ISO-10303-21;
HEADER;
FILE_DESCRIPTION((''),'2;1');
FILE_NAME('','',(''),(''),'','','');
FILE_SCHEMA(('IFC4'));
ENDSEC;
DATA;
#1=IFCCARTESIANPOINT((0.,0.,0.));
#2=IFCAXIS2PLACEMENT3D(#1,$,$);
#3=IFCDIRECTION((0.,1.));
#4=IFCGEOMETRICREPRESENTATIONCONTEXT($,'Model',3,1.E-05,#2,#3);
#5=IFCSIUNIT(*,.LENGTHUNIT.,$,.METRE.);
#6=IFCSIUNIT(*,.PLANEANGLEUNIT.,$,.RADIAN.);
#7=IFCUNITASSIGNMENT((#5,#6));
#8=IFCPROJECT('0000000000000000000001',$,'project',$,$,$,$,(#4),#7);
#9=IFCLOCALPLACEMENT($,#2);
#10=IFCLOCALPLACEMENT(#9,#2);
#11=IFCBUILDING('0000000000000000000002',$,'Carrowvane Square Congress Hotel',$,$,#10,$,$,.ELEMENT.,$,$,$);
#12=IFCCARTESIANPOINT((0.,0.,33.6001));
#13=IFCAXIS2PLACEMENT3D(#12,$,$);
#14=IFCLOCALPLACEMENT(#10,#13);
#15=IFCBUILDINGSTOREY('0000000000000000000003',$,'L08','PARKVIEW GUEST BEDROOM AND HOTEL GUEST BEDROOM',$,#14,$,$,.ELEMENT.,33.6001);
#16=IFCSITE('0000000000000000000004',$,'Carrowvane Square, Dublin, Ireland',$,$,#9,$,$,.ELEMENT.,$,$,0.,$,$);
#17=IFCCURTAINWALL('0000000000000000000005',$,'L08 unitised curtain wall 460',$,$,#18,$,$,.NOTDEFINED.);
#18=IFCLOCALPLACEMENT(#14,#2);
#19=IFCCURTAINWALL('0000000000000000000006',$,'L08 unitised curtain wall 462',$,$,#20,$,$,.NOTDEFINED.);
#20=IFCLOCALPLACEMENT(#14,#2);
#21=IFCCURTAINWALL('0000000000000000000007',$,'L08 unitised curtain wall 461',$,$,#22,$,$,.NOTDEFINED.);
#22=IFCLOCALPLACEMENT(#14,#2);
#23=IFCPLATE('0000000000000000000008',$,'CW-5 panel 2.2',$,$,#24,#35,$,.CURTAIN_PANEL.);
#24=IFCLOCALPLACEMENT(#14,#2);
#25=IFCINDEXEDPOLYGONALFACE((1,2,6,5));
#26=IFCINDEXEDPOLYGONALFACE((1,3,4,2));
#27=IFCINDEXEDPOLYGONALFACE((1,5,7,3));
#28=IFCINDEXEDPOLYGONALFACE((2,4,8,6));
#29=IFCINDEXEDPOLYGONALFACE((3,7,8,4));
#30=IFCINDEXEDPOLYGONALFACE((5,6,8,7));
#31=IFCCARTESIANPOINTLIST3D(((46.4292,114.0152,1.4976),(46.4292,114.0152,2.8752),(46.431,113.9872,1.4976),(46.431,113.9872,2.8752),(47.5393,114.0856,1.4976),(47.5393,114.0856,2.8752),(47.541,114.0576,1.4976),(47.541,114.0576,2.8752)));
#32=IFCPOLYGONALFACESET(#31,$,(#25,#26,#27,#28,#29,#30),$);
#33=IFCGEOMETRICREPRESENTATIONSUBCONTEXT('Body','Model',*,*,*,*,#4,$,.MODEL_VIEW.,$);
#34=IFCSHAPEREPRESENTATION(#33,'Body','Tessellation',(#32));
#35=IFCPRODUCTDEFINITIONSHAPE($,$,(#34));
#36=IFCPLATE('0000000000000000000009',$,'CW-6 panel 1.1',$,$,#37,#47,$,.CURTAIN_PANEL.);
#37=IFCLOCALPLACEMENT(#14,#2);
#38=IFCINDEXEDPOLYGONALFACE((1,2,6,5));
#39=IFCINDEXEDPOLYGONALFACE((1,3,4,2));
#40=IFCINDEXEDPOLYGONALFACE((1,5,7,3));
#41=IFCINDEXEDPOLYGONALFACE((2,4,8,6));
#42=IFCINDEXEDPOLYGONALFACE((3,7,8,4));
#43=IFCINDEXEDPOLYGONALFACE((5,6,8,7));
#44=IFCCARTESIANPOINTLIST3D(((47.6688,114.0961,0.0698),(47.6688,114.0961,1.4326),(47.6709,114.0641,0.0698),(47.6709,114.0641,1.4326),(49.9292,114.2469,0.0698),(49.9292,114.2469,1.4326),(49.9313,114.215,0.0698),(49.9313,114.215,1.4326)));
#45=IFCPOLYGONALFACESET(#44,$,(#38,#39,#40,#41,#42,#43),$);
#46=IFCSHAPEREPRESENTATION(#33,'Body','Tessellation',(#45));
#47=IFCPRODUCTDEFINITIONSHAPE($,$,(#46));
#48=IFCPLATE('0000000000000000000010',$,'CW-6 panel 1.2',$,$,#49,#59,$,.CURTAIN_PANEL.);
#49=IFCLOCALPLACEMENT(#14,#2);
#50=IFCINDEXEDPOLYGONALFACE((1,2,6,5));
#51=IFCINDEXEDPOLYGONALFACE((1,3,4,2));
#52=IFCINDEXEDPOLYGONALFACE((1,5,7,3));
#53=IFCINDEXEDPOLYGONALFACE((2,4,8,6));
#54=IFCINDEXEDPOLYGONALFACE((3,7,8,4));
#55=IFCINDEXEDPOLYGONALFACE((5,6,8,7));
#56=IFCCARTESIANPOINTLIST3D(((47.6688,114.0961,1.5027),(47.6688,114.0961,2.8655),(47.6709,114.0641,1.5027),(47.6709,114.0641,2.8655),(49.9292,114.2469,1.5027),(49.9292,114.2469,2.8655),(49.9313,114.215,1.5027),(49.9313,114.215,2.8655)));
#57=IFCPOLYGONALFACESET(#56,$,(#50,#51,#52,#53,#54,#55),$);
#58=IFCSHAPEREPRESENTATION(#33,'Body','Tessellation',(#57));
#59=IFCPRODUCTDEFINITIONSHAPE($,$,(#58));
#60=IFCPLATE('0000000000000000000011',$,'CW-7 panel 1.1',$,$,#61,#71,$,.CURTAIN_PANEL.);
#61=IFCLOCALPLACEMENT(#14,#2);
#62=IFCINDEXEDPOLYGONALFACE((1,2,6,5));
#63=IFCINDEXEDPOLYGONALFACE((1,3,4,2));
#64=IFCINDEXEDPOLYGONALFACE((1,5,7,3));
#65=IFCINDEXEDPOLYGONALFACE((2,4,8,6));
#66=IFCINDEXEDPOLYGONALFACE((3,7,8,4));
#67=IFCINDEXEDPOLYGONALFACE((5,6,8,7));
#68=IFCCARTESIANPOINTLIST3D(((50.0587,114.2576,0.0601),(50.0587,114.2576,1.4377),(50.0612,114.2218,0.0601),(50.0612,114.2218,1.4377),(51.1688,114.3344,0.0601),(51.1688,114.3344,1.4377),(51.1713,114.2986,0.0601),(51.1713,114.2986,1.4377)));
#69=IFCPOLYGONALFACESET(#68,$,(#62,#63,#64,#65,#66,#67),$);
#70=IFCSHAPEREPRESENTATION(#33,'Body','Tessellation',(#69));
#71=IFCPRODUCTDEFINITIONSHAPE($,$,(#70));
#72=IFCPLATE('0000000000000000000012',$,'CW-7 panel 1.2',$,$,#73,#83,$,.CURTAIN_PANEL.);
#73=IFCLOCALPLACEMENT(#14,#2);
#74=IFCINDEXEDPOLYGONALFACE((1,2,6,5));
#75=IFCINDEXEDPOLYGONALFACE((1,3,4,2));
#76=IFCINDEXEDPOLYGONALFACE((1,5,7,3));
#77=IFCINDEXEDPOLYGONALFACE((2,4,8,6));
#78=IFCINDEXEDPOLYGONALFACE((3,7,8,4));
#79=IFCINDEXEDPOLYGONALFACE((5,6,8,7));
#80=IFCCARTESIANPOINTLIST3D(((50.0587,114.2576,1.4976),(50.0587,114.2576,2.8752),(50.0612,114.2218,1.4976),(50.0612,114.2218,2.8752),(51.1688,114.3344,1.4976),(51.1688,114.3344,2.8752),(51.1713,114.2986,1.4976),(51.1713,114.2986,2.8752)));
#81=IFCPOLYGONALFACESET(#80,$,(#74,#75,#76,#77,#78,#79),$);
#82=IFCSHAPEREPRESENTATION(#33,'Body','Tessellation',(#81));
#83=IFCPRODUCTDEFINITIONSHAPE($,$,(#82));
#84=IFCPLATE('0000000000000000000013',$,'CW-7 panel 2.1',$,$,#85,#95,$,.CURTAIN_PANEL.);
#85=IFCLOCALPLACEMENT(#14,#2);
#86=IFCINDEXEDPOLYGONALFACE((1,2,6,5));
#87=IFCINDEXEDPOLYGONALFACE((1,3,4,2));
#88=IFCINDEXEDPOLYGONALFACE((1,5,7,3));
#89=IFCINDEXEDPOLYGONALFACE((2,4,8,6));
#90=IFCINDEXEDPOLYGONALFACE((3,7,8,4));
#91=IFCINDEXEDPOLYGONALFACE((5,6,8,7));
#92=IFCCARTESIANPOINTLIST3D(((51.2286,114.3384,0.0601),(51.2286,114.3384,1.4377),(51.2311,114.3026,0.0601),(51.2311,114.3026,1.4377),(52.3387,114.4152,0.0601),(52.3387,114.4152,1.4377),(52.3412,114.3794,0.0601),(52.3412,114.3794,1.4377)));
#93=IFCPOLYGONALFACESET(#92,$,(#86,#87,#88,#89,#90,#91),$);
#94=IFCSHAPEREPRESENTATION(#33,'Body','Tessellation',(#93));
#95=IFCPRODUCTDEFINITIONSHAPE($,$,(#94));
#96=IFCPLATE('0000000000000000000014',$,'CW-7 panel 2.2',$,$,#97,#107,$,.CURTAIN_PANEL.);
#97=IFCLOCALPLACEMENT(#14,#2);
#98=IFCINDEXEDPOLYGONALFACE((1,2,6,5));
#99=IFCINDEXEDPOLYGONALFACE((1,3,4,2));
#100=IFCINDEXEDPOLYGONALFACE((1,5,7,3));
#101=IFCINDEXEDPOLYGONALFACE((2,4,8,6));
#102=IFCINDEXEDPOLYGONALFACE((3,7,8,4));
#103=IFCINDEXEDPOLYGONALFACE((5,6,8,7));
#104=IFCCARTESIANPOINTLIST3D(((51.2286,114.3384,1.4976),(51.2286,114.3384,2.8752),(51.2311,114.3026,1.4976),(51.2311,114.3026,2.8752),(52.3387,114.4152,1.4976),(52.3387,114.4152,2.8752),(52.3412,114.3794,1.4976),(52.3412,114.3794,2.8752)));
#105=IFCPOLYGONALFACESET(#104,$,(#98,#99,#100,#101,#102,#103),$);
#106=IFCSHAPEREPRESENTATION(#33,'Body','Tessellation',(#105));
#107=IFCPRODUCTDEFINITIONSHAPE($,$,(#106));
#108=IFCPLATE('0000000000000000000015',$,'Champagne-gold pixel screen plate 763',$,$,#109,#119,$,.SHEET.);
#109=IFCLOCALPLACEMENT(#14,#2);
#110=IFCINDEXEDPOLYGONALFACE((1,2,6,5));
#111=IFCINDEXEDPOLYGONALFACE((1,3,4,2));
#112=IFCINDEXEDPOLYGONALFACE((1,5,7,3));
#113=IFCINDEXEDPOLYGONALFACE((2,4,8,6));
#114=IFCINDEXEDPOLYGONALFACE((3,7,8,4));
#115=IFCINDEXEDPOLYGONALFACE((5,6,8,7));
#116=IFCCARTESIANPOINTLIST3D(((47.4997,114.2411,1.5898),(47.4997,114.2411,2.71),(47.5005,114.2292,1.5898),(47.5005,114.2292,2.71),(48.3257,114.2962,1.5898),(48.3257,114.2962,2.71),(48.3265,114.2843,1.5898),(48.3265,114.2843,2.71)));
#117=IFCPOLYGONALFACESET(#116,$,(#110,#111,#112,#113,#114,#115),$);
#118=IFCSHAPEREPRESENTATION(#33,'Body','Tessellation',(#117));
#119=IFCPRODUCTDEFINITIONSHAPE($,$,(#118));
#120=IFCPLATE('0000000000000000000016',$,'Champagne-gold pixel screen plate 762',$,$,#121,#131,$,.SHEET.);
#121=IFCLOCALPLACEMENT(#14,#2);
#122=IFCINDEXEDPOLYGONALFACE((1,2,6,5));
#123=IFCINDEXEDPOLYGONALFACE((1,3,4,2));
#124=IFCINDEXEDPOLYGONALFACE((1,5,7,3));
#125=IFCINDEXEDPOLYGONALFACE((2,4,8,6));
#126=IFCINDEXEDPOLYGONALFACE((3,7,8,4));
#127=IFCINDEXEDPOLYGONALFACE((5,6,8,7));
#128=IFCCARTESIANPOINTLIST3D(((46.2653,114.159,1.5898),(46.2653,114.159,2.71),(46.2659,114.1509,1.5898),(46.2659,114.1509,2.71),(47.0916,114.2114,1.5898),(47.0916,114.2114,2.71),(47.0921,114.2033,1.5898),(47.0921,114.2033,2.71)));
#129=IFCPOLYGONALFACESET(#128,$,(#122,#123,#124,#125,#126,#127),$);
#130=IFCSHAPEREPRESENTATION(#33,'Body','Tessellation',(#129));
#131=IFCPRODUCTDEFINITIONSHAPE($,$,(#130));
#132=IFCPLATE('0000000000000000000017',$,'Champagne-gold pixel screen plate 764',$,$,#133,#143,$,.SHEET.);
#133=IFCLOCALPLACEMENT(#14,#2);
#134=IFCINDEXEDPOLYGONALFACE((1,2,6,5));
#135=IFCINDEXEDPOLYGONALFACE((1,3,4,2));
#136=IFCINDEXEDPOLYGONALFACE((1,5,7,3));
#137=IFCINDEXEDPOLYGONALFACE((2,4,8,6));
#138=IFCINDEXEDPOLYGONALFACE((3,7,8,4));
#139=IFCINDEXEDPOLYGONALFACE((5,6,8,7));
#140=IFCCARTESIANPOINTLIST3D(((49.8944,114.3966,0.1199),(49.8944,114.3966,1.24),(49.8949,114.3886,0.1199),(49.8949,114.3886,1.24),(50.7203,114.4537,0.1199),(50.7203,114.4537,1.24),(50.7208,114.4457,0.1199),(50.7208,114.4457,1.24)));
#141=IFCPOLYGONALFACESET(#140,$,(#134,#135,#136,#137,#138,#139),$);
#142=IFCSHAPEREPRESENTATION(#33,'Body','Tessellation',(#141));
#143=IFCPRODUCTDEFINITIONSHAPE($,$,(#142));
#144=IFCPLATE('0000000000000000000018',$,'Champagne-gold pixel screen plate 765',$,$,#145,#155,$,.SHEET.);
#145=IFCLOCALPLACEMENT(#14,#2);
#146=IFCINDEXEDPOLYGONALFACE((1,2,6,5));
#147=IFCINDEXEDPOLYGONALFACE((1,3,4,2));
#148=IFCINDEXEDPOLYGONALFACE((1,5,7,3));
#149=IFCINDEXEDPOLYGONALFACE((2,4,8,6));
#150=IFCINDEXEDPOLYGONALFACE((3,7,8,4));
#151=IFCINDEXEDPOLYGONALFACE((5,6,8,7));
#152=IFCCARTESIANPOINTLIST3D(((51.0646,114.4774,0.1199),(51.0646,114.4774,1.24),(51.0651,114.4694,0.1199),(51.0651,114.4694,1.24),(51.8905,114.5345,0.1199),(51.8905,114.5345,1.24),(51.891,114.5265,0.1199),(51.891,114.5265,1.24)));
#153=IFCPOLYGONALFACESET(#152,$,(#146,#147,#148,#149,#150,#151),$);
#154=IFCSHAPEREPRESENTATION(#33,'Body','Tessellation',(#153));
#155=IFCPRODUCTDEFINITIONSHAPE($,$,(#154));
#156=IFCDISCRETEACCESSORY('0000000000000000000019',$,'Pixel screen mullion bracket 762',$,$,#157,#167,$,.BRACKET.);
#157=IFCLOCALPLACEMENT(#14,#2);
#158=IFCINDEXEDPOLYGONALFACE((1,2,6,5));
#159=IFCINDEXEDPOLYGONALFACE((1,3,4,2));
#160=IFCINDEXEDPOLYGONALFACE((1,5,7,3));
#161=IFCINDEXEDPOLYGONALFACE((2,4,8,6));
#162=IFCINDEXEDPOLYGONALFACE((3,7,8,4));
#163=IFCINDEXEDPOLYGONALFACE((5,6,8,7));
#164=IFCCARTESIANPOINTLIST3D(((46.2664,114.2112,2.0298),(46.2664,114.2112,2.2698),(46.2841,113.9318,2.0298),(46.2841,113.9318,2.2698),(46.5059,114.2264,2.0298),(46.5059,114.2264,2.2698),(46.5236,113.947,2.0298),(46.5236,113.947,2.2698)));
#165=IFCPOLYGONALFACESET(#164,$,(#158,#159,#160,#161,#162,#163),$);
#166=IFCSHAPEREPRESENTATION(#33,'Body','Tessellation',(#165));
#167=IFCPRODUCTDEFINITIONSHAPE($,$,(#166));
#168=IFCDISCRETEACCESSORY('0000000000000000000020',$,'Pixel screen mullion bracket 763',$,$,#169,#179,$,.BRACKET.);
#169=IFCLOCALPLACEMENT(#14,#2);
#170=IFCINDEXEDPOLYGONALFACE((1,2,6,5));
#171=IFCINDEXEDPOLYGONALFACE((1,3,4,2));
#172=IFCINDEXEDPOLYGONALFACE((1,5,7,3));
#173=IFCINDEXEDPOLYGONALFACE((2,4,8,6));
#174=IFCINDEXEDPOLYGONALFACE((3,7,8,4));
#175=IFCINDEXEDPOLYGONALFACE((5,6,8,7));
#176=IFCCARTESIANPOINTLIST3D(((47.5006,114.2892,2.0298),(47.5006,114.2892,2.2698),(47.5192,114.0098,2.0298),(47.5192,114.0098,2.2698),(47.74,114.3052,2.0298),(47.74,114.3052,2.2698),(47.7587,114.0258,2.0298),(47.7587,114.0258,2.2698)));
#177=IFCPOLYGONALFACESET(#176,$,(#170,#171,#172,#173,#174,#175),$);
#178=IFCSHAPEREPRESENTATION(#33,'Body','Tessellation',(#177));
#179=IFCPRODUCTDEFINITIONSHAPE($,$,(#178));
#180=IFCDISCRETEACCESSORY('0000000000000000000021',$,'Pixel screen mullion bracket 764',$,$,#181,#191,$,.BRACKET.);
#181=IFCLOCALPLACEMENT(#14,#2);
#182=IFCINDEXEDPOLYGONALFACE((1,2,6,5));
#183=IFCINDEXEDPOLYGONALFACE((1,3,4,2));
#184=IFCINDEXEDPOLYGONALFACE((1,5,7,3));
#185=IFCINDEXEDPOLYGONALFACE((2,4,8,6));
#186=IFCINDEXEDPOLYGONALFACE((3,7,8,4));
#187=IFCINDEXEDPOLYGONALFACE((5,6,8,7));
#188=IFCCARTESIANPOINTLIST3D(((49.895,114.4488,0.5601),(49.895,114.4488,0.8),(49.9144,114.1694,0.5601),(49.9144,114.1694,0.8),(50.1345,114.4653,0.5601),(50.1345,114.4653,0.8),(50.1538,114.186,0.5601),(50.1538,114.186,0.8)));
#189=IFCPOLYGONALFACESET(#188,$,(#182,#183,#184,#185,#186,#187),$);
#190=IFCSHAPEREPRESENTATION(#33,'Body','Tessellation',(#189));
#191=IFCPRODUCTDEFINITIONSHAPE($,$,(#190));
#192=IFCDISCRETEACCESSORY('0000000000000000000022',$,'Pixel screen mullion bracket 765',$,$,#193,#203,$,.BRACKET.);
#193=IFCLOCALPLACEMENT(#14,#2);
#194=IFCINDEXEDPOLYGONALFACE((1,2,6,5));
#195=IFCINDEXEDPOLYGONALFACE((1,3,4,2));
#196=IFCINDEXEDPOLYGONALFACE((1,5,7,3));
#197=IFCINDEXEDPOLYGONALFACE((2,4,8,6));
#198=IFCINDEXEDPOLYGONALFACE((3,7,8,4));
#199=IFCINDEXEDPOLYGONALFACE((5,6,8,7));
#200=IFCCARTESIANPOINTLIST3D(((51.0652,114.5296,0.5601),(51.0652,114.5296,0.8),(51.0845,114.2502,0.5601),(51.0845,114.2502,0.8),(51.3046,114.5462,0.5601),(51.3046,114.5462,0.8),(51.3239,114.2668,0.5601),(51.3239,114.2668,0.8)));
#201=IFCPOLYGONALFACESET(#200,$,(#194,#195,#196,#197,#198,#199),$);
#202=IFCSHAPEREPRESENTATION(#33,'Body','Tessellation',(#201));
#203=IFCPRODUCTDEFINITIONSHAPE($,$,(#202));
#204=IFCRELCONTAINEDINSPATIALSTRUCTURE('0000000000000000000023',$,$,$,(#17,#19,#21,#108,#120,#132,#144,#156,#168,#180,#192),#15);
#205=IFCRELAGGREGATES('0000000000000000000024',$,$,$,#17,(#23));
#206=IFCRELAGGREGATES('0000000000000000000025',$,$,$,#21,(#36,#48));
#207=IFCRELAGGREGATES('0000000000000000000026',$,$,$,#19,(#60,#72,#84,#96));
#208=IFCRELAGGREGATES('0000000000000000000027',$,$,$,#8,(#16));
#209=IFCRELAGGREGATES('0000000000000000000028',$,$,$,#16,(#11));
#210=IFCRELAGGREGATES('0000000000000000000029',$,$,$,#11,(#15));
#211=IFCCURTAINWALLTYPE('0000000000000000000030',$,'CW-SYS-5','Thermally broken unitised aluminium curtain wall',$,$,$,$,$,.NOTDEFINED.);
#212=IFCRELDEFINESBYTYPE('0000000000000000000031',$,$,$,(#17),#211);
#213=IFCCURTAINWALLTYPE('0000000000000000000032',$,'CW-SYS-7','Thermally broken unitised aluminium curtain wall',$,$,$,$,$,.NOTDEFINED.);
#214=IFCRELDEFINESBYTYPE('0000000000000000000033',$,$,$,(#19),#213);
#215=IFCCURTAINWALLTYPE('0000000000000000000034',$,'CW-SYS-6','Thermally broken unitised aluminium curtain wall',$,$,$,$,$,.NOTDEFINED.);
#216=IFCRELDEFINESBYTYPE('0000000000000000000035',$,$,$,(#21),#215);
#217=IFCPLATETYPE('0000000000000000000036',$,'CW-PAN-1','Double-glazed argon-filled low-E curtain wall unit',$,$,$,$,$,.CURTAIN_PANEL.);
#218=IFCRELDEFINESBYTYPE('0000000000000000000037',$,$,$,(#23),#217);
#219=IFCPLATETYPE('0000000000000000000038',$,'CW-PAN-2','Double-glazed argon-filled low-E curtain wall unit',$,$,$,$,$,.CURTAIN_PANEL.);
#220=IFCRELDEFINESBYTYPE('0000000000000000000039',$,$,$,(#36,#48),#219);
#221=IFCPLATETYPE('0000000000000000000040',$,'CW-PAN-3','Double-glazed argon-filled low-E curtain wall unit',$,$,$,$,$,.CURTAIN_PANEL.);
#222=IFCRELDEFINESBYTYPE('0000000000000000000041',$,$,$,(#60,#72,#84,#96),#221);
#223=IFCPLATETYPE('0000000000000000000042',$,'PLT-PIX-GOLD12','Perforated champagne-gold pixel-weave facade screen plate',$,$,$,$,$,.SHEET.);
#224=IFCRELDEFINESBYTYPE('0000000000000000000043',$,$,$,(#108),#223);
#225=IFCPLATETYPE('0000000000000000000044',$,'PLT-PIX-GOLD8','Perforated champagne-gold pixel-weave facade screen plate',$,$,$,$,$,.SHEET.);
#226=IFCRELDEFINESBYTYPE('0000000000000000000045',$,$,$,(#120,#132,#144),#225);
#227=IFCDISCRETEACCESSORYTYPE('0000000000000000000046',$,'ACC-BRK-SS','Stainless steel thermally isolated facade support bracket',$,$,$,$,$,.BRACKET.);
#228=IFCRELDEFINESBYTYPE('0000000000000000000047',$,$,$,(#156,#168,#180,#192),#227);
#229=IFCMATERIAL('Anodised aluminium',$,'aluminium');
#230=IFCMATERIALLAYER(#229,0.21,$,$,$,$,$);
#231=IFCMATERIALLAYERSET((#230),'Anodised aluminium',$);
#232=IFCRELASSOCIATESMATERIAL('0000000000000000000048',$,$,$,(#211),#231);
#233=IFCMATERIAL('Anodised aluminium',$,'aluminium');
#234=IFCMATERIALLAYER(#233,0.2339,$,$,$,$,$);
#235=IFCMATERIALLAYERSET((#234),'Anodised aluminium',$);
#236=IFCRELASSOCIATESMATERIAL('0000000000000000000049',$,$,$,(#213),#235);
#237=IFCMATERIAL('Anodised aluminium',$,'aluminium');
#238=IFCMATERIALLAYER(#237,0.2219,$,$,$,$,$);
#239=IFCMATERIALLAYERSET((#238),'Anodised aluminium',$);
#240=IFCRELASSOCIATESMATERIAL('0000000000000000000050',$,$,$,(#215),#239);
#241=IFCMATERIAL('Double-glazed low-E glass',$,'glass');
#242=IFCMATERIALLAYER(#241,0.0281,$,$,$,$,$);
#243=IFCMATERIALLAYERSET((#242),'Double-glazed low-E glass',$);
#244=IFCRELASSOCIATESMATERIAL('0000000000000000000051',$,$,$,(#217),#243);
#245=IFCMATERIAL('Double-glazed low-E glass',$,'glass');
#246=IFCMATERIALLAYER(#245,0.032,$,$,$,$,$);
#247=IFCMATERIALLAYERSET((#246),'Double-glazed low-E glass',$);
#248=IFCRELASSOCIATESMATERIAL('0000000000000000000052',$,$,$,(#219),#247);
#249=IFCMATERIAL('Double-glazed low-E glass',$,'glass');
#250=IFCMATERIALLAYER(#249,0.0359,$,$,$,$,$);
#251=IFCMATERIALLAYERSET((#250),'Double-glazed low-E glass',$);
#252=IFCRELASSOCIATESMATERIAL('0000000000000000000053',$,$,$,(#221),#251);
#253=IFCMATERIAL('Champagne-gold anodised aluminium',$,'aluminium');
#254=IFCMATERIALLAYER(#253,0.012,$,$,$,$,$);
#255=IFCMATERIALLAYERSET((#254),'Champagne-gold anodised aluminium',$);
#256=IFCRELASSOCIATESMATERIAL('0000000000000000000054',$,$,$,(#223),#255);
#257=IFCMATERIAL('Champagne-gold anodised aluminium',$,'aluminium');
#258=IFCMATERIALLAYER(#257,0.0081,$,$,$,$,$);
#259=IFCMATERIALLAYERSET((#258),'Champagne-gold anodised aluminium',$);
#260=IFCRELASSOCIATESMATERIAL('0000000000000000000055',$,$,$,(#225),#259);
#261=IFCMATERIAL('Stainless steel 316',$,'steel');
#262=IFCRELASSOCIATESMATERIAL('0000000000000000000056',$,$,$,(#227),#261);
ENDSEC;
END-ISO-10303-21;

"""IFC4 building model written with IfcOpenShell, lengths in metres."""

from ifc_helpers import new_model, si_unit, direction, frame, origin, origin_2d, place, context, subcontext, project, spatial, rectangle, extrude, material, layer, layer_set, type_object, element, aggregate, save


model = new_model("IFC4")

# Units and contexts
model_context = context("Model", 3, precision=1e-05, world=origin(), true_north=direction((0.0, 1.0)))
body_context = subcontext(model_context, "Body", "Model", "MODEL_VIEW")
ifc_project = project(units=[si_unit("LENGTHUNIT", "METRE"), si_unit("PLANEANGLEUNIT", "RADIAN")], contexts=[model_context])

# Site, building, storey
site_placement = place(None, origin())
site = spatial("IfcSite", under=ifc_project, at=site_placement, Name="Carrowvane Square, Dublin, Ireland", CompositionType="ELEMENT", RefElevation=0.0)
building_placement = place(site_placement, origin())
building = spatial("IfcBuilding", under=site, at=building_placement, Name="Carrowvane Square Congress Hotel", CompositionType="ELEMENT")
storey_placement = place(building_placement, frame((0.0, 0.0, 33.6001)))
storey = spatial("IfcBuildingStorey", under=building, at=storey_placement, Name="L08", Description="PARKVIEW GUEST BEDROOM AND HOTEL GUEST BEDROOM", CompositionType="ELEMENT", Elevation=33.6001)

# Curtain walls
ifc_material_1 = material(Name="Anodised aluminium", Category="aluminium")
ifc_layer_1 = layer(ifc_material_1, 0.21)
ifc_layer_set_1 = layer_set([ifc_layer_1], Name="Anodised aluminium")
curtain_wall_type_1 = type_object("IfcCurtainWallType", Name="CW-SYS-5", Description="Thermally broken unitised aluminium curtain wall", PredefinedType="NOTDEFINED", material=ifc_layer_set_1)
curtain_wall_1_placement = place(storey_placement, origin())
curtain_wall_1 = element("IfcCurtainWall", 1, at=curtain_wall_1_placement, inside=storey, type_object=curtain_wall_type_1, Name="L08 unitised curtain wall 460", PredefinedType="NOTDEFINED")
ifc_material_2 = material(Name="Anodised aluminium", Category="aluminium")
ifc_layer_2 = layer(ifc_material_2, 0.2339)
ifc_layer_set_2 = layer_set([ifc_layer_2], Name="Anodised aluminium")
curtain_wall_type_2 = type_object("IfcCurtainWallType", Name="CW-SYS-7", Description="Thermally broken unitised aluminium curtain wall", PredefinedType="NOTDEFINED", material=ifc_layer_set_2)
curtain_wall_2_placement = place(storey_placement, origin())
curtain_wall_2 = element("IfcCurtainWall", 2, at=curtain_wall_2_placement, inside=storey, type_object=curtain_wall_type_2, Name="L08 unitised curtain wall 462", PredefinedType="NOTDEFINED")
ifc_material_3 = material(Name="Anodised aluminium", Category="aluminium")
ifc_layer_3 = layer(ifc_material_3, 0.2219)
ifc_layer_set_3 = layer_set([ifc_layer_3], Name="Anodised aluminium")
curtain_wall_type_3 = type_object("IfcCurtainWallType", Name="CW-SYS-6", Description="Thermally broken unitised aluminium curtain wall", PredefinedType="NOTDEFINED", material=ifc_layer_set_3)
curtain_wall_3_placement = place(storey_placement, origin())
curtain_wall_3 = element("IfcCurtainWall", 3, at=curtain_wall_3_placement, inside=storey, type_object=curtain_wall_type_3, Name="L08 unitised curtain wall 461", PredefinedType="NOTDEFINED")

# Plates
ifc_material_4 = material(Name="Double-glazed low-E glass", Category="glass")
ifc_layer_4 = layer(ifc_material_4, 0.0281)
ifc_layer_set_4 = layer_set([ifc_layer_4], Name="Double-glazed low-E glass")
plate_type_1 = type_object("IfcPlateType", Name="CW-PAN-1", Description="Double-glazed argon-filled low-E curtain wall unit", PredefinedType="CURTAIN_PANEL", material=ifc_layer_set_4)
plate_1_placement = place(storey_placement, frame((46.9851, 114.0364, 1.4976), z_axis=(0.0, 0.0, 1.0), x_axis=(0.997996, 0.063273, 0.0)))
plate_1 = element("IfcPlate", 4, at=plate_1_placement, type_object=plate_type_1, Name="CW-5 panel 2.2", PredefinedType="CURTAIN_PANEL", context=body_context, shape_type="SweptSolid", body=[
    extrude(rectangle(XDim=1.1123, YDim=0.0281, at=origin_2d()), origin(), (0.0, 0.0, 1.0), 1.3777),
])
aggregate(curtain_wall_1, [plate_1])
ifc_material_5 = material(Name="Double-glazed low-E glass", Category="glass")
ifc_layer_5 = layer(ifc_material_5, 0.032)
ifc_layer_set_5 = layer_set([ifc_layer_5], Name="Double-glazed low-E glass")
plate_type_2 = type_object("IfcPlateType", Name="CW-PAN-2", Description="Double-glazed argon-filled low-E curtain wall unit", PredefinedType="CURTAIN_PANEL", material=ifc_layer_set_5)
plate_2_placement = place(storey_placement, frame((48.8, 114.1555, 0.0698), z_axis=(0.0, 0.0, 1.0), x_axis=(0.997781, 0.066578, 0.0)))
plate_2 = element("IfcPlate", 5, at=plate_2_placement, type_object=plate_type_2, Name="CW-6 panel 1.1", PredefinedType="CURTAIN_PANEL", context=body_context, shape_type="SweptSolid", body=[
    extrude(rectangle(XDim=2.2654, YDim=0.032, at=origin_2d()), origin(), (0.0, 0.0, 1.0), 1.3628),
])
plate_3_placement = place(storey_placement, frame((48.8, 114.1555, 1.5027), z_axis=(0.0, 0.0, 1.0), x_axis=(0.997781, 0.066578, 0.0)))
plate_3 = element("IfcPlate", 6, at=plate_3_placement, type_object=plate_type_2, Name="CW-6 panel 1.2", PredefinedType="CURTAIN_PANEL", context=body_context, shape_type="SweptSolid", body=[
    extrude(rectangle(XDim=2.2654, YDim=0.032, at=origin_2d()), origin(), (0.0, 0.0, 1.0), 1.3628),
])
aggregate(curtain_wall_3, [plate_2, plate_3])
ifc_material_6 = material(Name="Double-glazed low-E glass", Category="glass")
ifc_layer_6 = layer(ifc_material_6, 0.0359)
ifc_layer_set_6 = layer_set([ifc_layer_6], Name="Double-glazed low-E glass")
plate_type_3 = type_object("IfcPlateType", Name="CW-PAN-3", Description="Double-glazed argon-filled low-E curtain wall unit", PredefinedType="CURTAIN_PANEL", material=ifc_layer_set_6)
plate_4_placement = place(storey_placement, frame((50.615, 114.2781, 0.0601), z_axis=(0.0, 0.0, 1.0), x_axis=(0.997618, 0.068986, 0.0)))
plate_4 = element("IfcPlate", 7, at=plate_4_placement, type_object=plate_type_3, Name="CW-7 panel 1.1", PredefinedType="CURTAIN_PANEL", context=body_context, shape_type="SweptSolid", body=[
    extrude(rectangle(XDim=1.1128, YDim=0.0359, at=origin_2d()), origin(), (0.0, 0.0, 1.0), 1.3777),
])
plate_5_placement = place(storey_placement, frame((50.615, 114.2781, 1.4976), z_axis=(0.0, 0.0, 1.0), x_axis=(0.997618, 0.068986, 0.0)))
plate_5 = element("IfcPlate", 8, at=plate_5_placement, type_object=plate_type_3, Name="CW-7 panel 1.2", PredefinedType="CURTAIN_PANEL", context=body_context, shape_type="SweptSolid", body=[
    extrude(rectangle(XDim=1.1128, YDim=0.0359, at=origin_2d()), origin(), (0.0, 0.0, 1.0), 1.3777),
])
plate_6_placement = place(storey_placement, frame((51.7849, 114.3589, 0.0601), z_axis=(0.0, 0.0, 1.0), x_axis=(0.997618, 0.068986, 0.0)))
plate_6 = element("IfcPlate", 9, at=plate_6_placement, type_object=plate_type_3, Name="CW-7 panel 2.1", PredefinedType="CURTAIN_PANEL", context=body_context, shape_type="SweptSolid", body=[
    extrude(rectangle(XDim=1.1128, YDim=0.0359, at=origin_2d()), origin(), (0.0, 0.0, 1.0), 1.3777),
])
plate_7_placement = place(storey_placement, frame((51.7849, 114.3589, 1.4976), z_axis=(0.0, 0.0, 1.0), x_axis=(0.997618, 0.068986, 0.0)))
plate_7 = element("IfcPlate", 10, at=plate_7_placement, type_object=plate_type_3, Name="CW-7 panel 2.2", PredefinedType="CURTAIN_PANEL", context=body_context, shape_type="SweptSolid", body=[
    extrude(rectangle(XDim=1.1128, YDim=0.0359, at=origin_2d()), origin(), (0.0, 0.0, 1.0), 1.3777),
])
aggregate(curtain_wall_2, [plate_4, plate_5, plate_6, plate_7])

# Plates
ifc_material_7 = material(Name="Champagne-gold anodised aluminium", Category="aluminium")
ifc_layer_7 = layer(ifc_material_7, 0.012)
ifc_layer_set_7 = layer_set([ifc_layer_7], Name="Champagne-gold anodised aluminium")
plate_type_4 = type_object("IfcPlateType", Name="PLT-PIX-GOLD12", Description="Perforated champagne-gold pixel-weave facade screen plate", PredefinedType="SHEET", material=ifc_layer_set_7)
plate_8_placement = place(storey_placement, frame((47.9131, 114.2627, 1.5898), z_axis=(0.0, 0.0, 1.0), x_axis=(0.997781, 0.066574, 0.0)))
element("IfcPlate", 11, at=plate_8_placement, inside=storey, type_object=plate_type_4, Name="Champagne-gold pixel screen plate 763", PredefinedType="SHEET", context=body_context, shape_type="SweptSolid", body=[
    extrude(rectangle(XDim=0.8279, YDim=0.012, at=origin_2d()), origin(), (0.0, 0.0, 1.0), 1.1201),
])
ifc_material_8 = material(Name="Champagne-gold anodised aluminium", Category="aluminium")
ifc_layer_8 = layer(ifc_material_8, 0.0081)
ifc_layer_set_8 = layer_set([ifc_layer_8], Name="Champagne-gold anodised aluminium")
plate_type_5 = type_object("IfcPlateType", Name="PLT-PIX-GOLD8", Description="Perforated champagne-gold pixel-weave facade screen plate", PredefinedType="SHEET", material=ifc_layer_set_8)
for number, where, z_axis, x_axis, name in (
    (12, (46.6787, 114.1812, 1.5898), (0.0, 0.0, 1.0), (0.997996, 0.063277, 0.0), "Champagne-gold pixel screen plate 762"),
    (13, (50.3076, 114.4211, 0.1199), (0.0, 0.0, 1.0), (0.997618, 0.068987, 0.0), "Champagne-gold pixel screen plate 764"),
    (14, (51.4778, 114.502, 0.1199), (0.0, 0.0, 1.0), (0.997618, 0.068987, 0.0), "Champagne-gold pixel screen plate 765"),
):
    element("IfcPlate", number, at=place(storey_placement, frame(where, z_axis=z_axis, x_axis=x_axis)), inside=storey, type_object=plate_type_5, Name=name, PredefinedType="SHEET", context=body_context, shape_type="SweptSolid", body=[
        extrude(rectangle(XDim=0.8279, YDim=0.0081, at=origin_2d()), origin(), (0.0, 0.0, 1.0), 1.1201),
    ])

# Discrete accessories
ifc_material_9 = material(Name="Stainless steel 316", Category="steel")
discrete_accessory_type = type_object("IfcDiscreteAccessoryType", Name="ACC-BRK-SS", Description="Stainless steel thermally isolated facade support bracket", PredefinedType="BRACKET", material=ifc_material_9)
for number, where, z_axis, x_axis, name in (
    (15, (46.395, 114.0791, 2.0298), (0.0, 0.0, 1.0), (0.997996, 0.063277, 0.0), "Pixel screen mullion bracket 762"),
    (16, (47.6296, 114.1575, 2.0298), (0.0, 0.0, 1.0), (0.997781, 0.066574, 0.0), "Pixel screen mullion bracket 763"),
    (17, (50.0244, 114.3174, 0.5601), (0.0, 0.0, 1.0), (0.997618, 0.068987, 0.0), "Pixel screen mullion bracket 764"),
    (18, (51.1946, 114.3982, 0.5601), (0.0, 0.0, 1.0), (0.997618, 0.068987, 0.0), "Pixel screen mullion bracket 765"),
):
    element("IfcDiscreteAccessory", number, at=place(storey_placement, frame(where, z_axis=z_axis, x_axis=x_axis)), inside=storey, type_object=discrete_accessory_type, Name=name, PredefinedType="BRACKET", context=body_context, shape_type="SweptSolid", body=[
        extrude(rectangle(XDim=0.24, YDim=0.28, at=origin_2d()), origin(), (0.0, 0.0, 1.0), 0.24),
    ])

save(model, "model.ifc")
